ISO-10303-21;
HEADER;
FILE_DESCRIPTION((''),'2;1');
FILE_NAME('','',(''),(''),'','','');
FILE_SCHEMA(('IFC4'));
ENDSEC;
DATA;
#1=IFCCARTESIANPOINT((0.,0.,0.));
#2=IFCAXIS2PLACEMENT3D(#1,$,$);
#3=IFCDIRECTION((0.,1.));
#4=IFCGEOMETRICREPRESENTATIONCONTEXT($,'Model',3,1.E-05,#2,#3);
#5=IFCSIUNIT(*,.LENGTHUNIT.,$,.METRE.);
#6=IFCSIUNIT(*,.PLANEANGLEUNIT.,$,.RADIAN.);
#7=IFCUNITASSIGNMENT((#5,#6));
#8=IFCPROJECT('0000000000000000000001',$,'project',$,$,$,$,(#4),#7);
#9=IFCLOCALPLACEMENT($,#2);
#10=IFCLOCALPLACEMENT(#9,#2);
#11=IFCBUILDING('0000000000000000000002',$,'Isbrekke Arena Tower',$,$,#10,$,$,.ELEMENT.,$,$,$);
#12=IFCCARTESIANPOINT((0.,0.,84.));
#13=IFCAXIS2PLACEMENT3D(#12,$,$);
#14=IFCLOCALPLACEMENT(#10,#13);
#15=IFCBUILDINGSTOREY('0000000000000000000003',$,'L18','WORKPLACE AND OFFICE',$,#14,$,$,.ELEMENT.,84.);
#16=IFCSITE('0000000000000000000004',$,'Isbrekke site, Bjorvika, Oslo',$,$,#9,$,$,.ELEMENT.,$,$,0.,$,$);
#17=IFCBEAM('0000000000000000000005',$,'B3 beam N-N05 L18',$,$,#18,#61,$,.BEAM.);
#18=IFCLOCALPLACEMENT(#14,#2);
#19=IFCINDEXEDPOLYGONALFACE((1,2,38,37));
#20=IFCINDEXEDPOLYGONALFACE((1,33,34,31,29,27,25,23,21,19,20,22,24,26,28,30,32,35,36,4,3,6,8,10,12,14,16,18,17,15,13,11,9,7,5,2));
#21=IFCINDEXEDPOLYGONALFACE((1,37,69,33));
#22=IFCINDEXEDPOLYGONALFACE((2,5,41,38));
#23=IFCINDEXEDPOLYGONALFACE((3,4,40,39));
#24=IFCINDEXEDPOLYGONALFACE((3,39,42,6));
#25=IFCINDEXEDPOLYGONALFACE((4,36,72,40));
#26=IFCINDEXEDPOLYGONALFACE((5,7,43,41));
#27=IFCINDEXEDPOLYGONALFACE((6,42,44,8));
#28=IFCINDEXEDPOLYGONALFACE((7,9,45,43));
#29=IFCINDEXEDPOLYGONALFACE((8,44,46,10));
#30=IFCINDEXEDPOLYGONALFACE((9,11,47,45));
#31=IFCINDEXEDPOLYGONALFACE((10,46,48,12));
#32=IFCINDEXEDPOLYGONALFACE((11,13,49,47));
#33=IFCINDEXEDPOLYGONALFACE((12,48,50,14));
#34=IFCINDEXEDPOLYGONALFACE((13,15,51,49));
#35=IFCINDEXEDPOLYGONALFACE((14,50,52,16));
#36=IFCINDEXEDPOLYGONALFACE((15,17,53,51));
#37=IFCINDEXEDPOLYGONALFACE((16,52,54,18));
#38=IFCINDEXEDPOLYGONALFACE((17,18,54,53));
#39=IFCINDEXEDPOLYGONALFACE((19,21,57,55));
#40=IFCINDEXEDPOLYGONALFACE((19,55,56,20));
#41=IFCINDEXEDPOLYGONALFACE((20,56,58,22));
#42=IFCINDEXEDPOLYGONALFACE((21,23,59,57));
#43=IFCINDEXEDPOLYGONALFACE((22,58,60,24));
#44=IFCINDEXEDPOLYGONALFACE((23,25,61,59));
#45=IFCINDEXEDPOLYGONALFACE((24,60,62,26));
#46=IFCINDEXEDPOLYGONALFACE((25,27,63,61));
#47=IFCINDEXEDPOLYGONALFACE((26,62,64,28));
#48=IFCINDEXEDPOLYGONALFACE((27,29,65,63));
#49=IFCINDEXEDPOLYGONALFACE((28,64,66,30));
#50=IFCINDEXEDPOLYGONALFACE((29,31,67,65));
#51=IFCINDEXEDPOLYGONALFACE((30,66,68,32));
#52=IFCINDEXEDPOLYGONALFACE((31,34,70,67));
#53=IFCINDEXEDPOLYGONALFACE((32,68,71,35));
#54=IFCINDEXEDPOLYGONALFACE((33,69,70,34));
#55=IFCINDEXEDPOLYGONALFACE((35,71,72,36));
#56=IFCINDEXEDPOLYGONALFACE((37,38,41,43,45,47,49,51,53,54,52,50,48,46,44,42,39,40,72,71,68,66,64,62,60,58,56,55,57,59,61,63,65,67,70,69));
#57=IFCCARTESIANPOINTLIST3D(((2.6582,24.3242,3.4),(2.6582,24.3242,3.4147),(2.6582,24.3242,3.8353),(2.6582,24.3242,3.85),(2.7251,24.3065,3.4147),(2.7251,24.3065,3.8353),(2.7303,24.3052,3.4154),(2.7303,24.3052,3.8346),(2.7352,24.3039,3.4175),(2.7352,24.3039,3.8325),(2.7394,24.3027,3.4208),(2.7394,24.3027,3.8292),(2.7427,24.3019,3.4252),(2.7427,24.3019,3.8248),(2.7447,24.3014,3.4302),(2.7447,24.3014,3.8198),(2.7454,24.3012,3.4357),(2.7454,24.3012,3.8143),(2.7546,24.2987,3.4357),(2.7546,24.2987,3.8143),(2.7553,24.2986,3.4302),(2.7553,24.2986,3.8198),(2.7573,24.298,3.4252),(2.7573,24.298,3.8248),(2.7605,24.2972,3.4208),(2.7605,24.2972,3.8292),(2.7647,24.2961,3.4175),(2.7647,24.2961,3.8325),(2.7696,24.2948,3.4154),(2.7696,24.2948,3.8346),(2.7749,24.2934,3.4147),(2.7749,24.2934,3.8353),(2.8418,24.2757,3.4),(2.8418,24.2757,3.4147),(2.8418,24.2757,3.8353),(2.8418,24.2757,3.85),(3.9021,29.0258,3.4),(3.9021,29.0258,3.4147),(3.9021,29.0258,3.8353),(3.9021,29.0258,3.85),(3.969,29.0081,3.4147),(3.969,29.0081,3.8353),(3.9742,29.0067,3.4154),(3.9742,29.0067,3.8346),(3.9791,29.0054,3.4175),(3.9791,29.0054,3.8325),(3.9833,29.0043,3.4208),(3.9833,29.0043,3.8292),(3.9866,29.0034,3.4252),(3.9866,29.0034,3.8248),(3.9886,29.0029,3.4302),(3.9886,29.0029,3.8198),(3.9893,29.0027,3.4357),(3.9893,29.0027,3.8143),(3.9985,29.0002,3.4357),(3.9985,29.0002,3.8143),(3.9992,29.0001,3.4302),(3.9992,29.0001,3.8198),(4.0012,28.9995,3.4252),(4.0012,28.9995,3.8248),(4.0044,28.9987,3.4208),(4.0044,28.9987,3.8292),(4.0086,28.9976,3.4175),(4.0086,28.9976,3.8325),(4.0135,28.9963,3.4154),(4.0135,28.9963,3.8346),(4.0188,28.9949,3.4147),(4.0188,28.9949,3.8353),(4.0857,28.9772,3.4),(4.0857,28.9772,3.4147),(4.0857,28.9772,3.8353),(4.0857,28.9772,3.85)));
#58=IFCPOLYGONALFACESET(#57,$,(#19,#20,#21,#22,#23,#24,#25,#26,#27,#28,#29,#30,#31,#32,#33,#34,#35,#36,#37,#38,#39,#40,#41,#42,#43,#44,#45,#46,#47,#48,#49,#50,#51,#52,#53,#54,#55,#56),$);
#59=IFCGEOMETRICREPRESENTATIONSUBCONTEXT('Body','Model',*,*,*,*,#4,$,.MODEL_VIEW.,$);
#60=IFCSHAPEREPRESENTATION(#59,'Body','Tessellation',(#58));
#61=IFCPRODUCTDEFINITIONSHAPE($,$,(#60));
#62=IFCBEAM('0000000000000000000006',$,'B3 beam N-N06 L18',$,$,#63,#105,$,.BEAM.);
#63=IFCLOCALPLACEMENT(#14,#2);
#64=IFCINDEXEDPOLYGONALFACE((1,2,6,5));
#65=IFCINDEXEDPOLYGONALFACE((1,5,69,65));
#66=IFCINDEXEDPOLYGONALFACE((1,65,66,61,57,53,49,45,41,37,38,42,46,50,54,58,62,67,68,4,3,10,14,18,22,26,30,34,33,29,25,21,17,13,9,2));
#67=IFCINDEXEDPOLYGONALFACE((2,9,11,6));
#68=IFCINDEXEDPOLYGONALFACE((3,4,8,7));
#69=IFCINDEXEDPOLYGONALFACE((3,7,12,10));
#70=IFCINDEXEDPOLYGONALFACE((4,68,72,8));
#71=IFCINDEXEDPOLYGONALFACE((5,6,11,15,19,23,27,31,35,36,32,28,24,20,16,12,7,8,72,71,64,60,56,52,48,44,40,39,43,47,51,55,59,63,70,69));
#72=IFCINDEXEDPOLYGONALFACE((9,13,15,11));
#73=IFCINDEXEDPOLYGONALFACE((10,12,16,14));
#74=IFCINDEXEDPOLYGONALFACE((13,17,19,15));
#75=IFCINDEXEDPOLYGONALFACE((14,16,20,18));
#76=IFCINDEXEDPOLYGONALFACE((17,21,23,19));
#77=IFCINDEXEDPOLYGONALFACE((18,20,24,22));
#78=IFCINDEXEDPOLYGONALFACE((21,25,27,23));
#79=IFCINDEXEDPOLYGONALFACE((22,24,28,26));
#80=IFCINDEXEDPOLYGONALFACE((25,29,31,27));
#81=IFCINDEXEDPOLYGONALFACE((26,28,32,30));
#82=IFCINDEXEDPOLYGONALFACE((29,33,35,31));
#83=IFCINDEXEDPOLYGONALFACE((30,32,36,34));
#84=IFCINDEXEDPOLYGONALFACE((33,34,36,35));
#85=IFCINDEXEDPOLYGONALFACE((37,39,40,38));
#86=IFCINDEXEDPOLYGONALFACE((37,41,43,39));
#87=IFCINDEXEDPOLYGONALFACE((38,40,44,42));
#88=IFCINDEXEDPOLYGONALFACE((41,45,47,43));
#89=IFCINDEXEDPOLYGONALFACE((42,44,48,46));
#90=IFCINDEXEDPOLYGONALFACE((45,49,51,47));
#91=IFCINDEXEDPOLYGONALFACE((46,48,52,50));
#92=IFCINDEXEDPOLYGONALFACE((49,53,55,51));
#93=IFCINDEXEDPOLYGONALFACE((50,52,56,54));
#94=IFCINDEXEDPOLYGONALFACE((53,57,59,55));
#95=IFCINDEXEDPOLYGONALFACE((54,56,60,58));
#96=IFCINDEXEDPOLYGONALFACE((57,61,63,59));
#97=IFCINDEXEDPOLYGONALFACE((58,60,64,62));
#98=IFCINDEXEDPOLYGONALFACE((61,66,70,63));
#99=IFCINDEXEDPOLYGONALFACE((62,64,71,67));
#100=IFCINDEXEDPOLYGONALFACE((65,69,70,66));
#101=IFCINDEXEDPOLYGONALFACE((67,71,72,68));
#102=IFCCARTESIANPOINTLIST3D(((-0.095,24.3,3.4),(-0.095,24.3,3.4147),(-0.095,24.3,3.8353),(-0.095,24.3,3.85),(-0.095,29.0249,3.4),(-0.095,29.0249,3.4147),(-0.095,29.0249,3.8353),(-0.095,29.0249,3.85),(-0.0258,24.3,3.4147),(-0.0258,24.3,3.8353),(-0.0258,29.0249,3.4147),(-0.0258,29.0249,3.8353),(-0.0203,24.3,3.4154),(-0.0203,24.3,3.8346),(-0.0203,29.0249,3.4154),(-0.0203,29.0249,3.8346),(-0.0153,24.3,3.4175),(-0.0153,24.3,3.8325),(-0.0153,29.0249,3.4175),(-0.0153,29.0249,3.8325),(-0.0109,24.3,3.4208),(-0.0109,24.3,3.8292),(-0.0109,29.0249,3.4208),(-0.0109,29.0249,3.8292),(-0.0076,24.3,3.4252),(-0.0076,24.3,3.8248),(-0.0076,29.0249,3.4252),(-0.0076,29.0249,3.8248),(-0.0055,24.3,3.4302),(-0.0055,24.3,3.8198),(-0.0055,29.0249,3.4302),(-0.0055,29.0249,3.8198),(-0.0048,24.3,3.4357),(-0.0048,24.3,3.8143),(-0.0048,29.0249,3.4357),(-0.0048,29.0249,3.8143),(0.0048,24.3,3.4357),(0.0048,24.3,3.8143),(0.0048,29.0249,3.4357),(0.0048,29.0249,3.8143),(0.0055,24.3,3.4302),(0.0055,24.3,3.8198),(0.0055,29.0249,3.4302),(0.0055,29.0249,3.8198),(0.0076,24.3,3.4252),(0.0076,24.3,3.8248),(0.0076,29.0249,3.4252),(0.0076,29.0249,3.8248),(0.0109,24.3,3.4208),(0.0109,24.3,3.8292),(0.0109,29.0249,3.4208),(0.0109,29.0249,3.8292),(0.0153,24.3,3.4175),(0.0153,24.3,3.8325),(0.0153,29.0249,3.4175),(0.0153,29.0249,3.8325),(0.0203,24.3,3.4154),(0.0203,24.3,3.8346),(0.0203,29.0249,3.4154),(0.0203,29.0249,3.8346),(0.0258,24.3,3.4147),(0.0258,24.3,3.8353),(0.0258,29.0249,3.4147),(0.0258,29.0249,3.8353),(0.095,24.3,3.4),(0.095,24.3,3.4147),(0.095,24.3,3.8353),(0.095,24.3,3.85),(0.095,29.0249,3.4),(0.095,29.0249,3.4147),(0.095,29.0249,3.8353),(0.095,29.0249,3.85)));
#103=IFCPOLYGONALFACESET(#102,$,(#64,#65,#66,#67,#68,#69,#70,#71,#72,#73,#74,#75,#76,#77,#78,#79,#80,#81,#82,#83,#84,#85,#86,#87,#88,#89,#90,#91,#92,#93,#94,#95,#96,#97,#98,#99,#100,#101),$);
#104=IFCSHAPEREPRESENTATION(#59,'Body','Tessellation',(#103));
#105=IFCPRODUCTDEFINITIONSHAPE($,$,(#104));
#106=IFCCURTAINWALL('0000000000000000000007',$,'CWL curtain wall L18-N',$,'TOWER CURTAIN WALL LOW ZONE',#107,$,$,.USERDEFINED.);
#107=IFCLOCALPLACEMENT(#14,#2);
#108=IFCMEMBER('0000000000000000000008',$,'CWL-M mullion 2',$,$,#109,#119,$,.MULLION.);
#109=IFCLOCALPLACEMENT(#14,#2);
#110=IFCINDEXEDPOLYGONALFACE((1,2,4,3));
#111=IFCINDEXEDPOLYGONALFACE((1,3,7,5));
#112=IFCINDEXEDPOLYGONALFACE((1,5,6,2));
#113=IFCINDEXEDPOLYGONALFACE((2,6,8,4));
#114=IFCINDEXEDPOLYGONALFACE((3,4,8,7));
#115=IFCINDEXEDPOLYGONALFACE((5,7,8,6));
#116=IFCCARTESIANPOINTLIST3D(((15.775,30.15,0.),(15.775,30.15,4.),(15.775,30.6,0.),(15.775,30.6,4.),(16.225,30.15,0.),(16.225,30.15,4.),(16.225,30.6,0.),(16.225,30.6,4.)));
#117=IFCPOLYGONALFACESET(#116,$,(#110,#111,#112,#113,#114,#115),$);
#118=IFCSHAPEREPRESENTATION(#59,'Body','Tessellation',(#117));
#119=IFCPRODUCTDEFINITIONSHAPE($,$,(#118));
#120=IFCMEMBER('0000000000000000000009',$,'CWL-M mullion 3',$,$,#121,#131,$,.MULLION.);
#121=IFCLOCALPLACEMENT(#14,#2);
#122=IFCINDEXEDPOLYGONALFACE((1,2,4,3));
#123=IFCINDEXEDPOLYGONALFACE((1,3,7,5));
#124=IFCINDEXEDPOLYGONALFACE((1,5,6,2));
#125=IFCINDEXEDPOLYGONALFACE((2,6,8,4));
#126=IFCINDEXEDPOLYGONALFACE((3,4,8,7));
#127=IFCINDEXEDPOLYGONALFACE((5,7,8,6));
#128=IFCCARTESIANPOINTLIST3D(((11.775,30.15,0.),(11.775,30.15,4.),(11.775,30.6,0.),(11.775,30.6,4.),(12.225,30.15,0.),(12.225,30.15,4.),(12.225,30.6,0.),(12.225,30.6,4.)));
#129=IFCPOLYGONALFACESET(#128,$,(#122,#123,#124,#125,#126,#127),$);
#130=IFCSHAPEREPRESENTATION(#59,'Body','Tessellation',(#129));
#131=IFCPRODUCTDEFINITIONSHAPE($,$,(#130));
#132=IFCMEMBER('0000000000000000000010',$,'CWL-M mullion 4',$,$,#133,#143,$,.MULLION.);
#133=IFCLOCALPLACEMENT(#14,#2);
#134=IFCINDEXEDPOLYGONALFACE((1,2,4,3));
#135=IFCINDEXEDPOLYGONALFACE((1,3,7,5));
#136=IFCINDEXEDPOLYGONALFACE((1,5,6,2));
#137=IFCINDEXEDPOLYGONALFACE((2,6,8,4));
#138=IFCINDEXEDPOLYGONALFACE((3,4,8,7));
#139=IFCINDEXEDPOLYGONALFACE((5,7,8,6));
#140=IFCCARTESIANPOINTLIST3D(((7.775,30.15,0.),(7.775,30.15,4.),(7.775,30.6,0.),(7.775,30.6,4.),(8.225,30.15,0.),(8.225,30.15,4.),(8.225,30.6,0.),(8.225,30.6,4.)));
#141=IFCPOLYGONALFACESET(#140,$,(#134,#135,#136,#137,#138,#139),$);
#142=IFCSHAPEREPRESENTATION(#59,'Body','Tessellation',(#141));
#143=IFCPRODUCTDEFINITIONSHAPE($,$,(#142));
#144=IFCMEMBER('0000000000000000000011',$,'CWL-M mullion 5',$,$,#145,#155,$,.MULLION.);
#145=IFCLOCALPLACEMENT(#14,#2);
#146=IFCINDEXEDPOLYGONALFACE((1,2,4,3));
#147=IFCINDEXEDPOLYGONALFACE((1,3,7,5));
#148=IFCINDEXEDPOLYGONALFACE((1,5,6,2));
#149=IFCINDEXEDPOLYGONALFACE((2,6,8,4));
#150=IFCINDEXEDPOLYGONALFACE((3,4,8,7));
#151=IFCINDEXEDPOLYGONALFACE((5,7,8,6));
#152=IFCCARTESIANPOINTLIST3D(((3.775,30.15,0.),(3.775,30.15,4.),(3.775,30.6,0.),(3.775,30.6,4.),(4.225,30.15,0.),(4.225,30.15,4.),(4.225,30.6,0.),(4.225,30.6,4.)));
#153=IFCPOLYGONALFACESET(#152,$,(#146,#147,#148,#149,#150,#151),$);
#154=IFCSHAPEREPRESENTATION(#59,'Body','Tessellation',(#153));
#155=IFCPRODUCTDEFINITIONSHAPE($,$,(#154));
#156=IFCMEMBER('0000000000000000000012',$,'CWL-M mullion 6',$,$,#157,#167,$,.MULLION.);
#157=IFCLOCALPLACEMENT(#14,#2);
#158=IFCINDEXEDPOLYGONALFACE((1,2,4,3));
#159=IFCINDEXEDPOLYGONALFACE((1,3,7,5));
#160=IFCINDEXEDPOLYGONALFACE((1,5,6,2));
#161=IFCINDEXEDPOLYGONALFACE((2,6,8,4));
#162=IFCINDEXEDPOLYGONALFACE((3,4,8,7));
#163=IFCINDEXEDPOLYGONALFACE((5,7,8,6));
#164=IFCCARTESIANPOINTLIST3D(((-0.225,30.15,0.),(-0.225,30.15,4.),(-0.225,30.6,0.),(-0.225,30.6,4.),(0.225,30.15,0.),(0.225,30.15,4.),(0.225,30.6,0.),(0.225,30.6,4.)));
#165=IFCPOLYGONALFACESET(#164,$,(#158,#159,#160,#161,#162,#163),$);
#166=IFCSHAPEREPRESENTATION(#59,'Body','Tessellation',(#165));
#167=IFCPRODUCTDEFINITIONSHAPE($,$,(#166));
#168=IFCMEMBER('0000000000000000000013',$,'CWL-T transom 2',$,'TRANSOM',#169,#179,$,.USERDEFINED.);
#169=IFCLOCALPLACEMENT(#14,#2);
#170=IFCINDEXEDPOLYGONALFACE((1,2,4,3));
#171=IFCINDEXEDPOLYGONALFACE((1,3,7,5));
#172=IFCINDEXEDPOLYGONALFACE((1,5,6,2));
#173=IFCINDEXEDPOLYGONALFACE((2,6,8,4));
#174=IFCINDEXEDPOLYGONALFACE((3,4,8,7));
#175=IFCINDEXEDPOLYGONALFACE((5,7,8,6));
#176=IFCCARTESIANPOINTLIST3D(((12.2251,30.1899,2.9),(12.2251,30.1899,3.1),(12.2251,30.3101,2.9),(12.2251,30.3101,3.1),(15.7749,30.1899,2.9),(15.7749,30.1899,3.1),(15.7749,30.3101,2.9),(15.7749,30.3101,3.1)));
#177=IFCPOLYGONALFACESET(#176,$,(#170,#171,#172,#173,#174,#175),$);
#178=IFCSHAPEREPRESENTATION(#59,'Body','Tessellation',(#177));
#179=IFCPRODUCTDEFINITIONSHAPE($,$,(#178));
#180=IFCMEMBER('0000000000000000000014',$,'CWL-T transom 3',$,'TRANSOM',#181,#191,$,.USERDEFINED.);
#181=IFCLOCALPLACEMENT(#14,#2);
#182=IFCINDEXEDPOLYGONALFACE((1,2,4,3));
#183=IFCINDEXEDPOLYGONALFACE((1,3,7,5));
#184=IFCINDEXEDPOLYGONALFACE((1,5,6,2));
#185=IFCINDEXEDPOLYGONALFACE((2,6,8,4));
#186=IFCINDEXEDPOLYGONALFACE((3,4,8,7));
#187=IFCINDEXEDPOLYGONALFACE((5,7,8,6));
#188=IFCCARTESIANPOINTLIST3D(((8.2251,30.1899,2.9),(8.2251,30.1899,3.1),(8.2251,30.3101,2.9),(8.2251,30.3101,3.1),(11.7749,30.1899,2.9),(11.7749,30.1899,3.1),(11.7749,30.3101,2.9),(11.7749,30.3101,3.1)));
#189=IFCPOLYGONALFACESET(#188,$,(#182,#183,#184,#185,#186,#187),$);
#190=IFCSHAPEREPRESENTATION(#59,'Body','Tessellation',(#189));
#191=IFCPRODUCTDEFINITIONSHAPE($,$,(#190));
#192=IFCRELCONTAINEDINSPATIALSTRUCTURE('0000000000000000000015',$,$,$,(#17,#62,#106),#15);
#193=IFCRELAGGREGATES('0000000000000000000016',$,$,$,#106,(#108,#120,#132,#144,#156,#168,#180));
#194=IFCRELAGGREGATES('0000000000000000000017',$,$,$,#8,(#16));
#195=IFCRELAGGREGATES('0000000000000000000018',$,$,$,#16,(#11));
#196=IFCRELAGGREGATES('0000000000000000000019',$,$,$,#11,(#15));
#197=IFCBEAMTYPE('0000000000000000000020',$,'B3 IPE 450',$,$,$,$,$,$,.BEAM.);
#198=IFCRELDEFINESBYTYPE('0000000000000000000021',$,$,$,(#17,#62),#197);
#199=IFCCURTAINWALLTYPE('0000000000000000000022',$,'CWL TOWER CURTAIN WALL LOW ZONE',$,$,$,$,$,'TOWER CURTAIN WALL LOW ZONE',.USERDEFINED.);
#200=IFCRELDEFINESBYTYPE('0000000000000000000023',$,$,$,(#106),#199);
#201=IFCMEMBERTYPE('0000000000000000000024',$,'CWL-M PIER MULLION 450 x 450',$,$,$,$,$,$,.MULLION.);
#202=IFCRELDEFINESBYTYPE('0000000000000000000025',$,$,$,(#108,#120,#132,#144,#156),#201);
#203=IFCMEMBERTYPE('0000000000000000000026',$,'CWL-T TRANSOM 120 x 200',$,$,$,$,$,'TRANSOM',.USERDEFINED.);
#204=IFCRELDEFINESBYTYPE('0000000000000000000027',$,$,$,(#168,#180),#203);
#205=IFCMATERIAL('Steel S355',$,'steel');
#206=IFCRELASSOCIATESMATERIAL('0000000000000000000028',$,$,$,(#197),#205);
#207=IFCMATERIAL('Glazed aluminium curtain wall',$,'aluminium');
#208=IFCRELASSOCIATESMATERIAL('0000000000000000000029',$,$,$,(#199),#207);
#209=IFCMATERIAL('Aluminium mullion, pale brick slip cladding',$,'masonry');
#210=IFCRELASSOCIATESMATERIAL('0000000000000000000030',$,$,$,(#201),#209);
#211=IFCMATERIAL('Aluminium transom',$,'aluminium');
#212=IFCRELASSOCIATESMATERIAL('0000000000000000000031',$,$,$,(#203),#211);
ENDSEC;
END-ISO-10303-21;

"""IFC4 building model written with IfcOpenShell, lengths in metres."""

from ifc_helpers import new_model, si_unit, direction, frame, origin, origin_2d, place, context, subcontext, project, spatial, rectangle, i_section, extrude, material, material_profile, profile_set, type_object, element, aggregate, save


model = new_model("IFC4")

# Units and contexts
model_context = context("Model", 3, precision=1e-05, world=origin(), true_north=direction((0.0, 1.0)))
body_context = subcontext(model_context, "Body", "Model", "MODEL_VIEW")
ifc_project = project(units=[si_unit("LENGTHUNIT", "METRE"), si_unit("PLANEANGLEUNIT", "RADIAN")], contexts=[model_context])

# Site, building, storey
site_placement = place(None, origin())
site = spatial("IfcSite", under=ifc_project, at=site_placement, Name="Isbrekke site, Bjorvika, Oslo", CompositionType="ELEMENT", RefElevation=0.0)
building_placement = place(site_placement, origin())
building = spatial("IfcBuilding", under=site, at=building_placement, Name="Isbrekke Arena Tower", CompositionType="ELEMENT")
storey_placement = place(building_placement, frame((0.0, 0.0, 84.0)))
storey = spatial("IfcBuildingStorey", under=building, at=storey_placement, Name="L18", Description="WORKPLACE AND OFFICE", CompositionType="ELEMENT", Elevation=84.0)

# Beams
ifc_material_1 = material(Name="Steel S355", Category="steel")
ifc_material_profile_1 = material_profile(ifc_material_1, i_section(OverallWidth=0.1899, OverallDepth=0.45, WebThickness=0.0095, FlangeThickness=0.0146, FilletRadius=0.021, at=origin_2d()), Name="IPE 450")
ifc_profile_set_1 = profile_set([ifc_material_profile_1], Name="Steel S355")
beam_type_1 = type_object("IfcBeamType", Name="B3 IPE 450", PredefinedType="BEAM", material=ifc_profile_set_1)
beam_1_placement = place(storey_placement, frame((3.9939, 29.0015, 3.625), z_axis=(-0.255778, -0.966736, 0.0), x_axis=(0.966736, -0.255778, 0.0)))
element("IfcBeam", 1, at=beam_1_placement, inside=storey, type_object=beam_type_1, Name="B3 beam N-N05 L18", PredefinedType="BEAM", context=body_context, shape_type="SweptSolid", body=[
    extrude(i_section(OverallWidth=0.1899, OverallDepth=0.45, WebThickness=0.0095, FlangeThickness=0.0146, FilletRadius=0.021, at=origin_2d()), origin(), (0.0, 0.0, 1.0), 4.8633),
])
beam_2_placement = place(storey_placement, frame((0.0, 29.0249, 3.625), z_axis=(0.0, -1.0, 0.0), x_axis=(1.0, 0.0, 0.0)))
element("IfcBeam", 2, at=beam_2_placement, inside=storey, type_object=beam_type_1, Name="B3 beam N-N06 L18", PredefinedType="BEAM", context=body_context, shape_type="SweptSolid", body=[
    extrude(i_section(OverallWidth=0.1899, OverallDepth=0.45, WebThickness=0.0095, FlangeThickness=0.0146, FilletRadius=0.021, at=origin_2d()), origin(), (0.0, 0.0, 1.0), 4.7249),
])

# Curtain wall, members
ifc_material_2 = material(Name="Glazed aluminium curtain wall", Category="aluminium")
curtain_wall_type = type_object("IfcCurtainWallType", Name="CWL TOWER CURTAIN WALL LOW ZONE", ElementType="TOWER CURTAIN WALL LOW ZONE", PredefinedType="USERDEFINED", material=ifc_material_2)
curtain_wall_placement = place(storey_placement, origin())
curtain_wall = element("IfcCurtainWall", 3, at=curtain_wall_placement, inside=storey, type_object=curtain_wall_type, Name="CWL curtain wall L18-N", ObjectType="TOWER CURTAIN WALL LOW ZONE", PredefinedType="USERDEFINED")
ifc_material_3 = material(Name="Aluminium mullion, pale brick slip cladding", Category="masonry")
ifc_material_profile_2 = material_profile(ifc_material_3, rectangle(XDim=0.45, YDim=0.45, at=origin_2d()), Name="PIER 450X450")
ifc_profile_set_2 = profile_set([ifc_material_profile_2], Name="Aluminium mullion, pale brick slip cladding")
member_type_1 = type_object("IfcMemberType", Name="CWL-M PIER MULLION 450 x 450", PredefinedType="MULLION", material=ifc_profile_set_2)
member_1_placement = place(storey_placement, frame((16.0, 30.375, 0.0), z_axis=(0.0, 0.0, 1.0), x_axis=(-1.0, 0.0, 0.0)))
member_1 = element("IfcMember", 4, at=member_1_placement, type_object=member_type_1, Name="CWL-M mullion 2", PredefinedType="MULLION", context=body_context, shape_type="SweptSolid", body=[
    extrude(rectangle(XDim=0.45, YDim=0.45, at=origin_2d()), origin(), (0.0, 0.0, 1.0), 4.0),
])
member_2_placement = place(storey_placement, frame((12.0, 30.375, 0.0), z_axis=(0.0, 0.0, 1.0), x_axis=(-1.0, 0.0, 0.0)))
member_2 = element("IfcMember", 5, at=member_2_placement, type_object=member_type_1, Name="CWL-M mullion 3", PredefinedType="MULLION", context=body_context, shape_type="SweptSolid", body=[
    extrude(rectangle(XDim=0.45, YDim=0.45, at=origin_2d()), origin(), (0.0, 0.0, 1.0), 4.0),
])
member_3_placement = place(storey_placement, frame((8.0, 30.375, 0.0), z_axis=(0.0, 0.0, 1.0), x_axis=(-1.0, 0.0, 0.0)))
member_3 = element("IfcMember", 6, at=member_3_placement, type_object=member_type_1, Name="CWL-M mullion 4", PredefinedType="MULLION", context=body_context, shape_type="SweptSolid", body=[
    extrude(rectangle(XDim=0.45, YDim=0.45, at=origin_2d()), origin(), (0.0, 0.0, 1.0), 4.0),
])
member_4_placement = place(storey_placement, frame((4.0, 30.375, 0.0), z_axis=(0.0, 0.0, 1.0), x_axis=(-1.0, 0.0, 0.0)))
member_4 = element("IfcMember", 7, at=member_4_placement, type_object=member_type_1, Name="CWL-M mullion 5", PredefinedType="MULLION", context=body_context, shape_type="SweptSolid", body=[
    extrude(rectangle(XDim=0.45, YDim=0.45, at=origin_2d()), origin(), (0.0, 0.0, 1.0), 4.0),
])
member_5_placement = place(storey_placement, frame((0.0, 30.375, 0.0), z_axis=(0.0, 0.0, 1.0), x_axis=(-1.0, 0.0, 0.0)))
member_5 = element("IfcMember", 8, at=member_5_placement, type_object=member_type_1, Name="CWL-M mullion 6", PredefinedType="MULLION", context=body_context, shape_type="SweptSolid", body=[
    extrude(rectangle(XDim=0.45, YDim=0.45, at=origin_2d()), origin(), (0.0, 0.0, 1.0), 4.0),
])
ifc_material_4 = material(Name="Aluminium transom", Category="aluminium")
ifc_material_profile_3 = material_profile(ifc_material_4, rectangle(XDim=0.1201, YDim=0.2, at=origin_2d()), Name="TRANSOM 120X200")
ifc_profile_set_3 = profile_set([ifc_material_profile_3], Name="Aluminium transom")
member_type_2 = type_object("IfcMemberType", Name="CWL-T TRANSOM 120 x 200", ElementType="TRANSOM", PredefinedType="USERDEFINED", material=ifc_profile_set_3)
member_6_placement = place(storey_placement, frame((15.7749, 30.25, 3.0), z_axis=(-1.0, 0.0, 0.0), x_axis=(0.0, -1.0, 0.0)))
member_6 = element("IfcMember", 9, at=member_6_placement, type_object=member_type_2, Name="CWL-T transom 2", ObjectType="TRANSOM", PredefinedType="USERDEFINED", context=body_context, shape_type="SweptSolid", body=[
    extrude(rectangle(XDim=0.1201, YDim=0.2, at=origin_2d()), origin(), (0.0, 0.0, 1.0), 3.5498),
])
member_7_placement = place(storey_placement, frame((11.7749, 30.25, 3.0), z_axis=(-1.0, 0.0, 0.0), x_axis=(0.0, -1.0, 0.0)))
member_7 = element("IfcMember", 10, at=member_7_placement, type_object=member_type_2, Name="CWL-T transom 3", ObjectType="TRANSOM", PredefinedType="USERDEFINED", context=body_context, shape_type="SweptSolid", body=[
    extrude(rectangle(XDim=0.1201, YDim=0.2, at=origin_2d()), origin(), (0.0, 0.0, 1.0), 3.5498),
])

aggregate(curtain_wall, [member_1, member_2, member_3, member_4, member_5, member_6, member_7])

save(model, "model.ifc")
